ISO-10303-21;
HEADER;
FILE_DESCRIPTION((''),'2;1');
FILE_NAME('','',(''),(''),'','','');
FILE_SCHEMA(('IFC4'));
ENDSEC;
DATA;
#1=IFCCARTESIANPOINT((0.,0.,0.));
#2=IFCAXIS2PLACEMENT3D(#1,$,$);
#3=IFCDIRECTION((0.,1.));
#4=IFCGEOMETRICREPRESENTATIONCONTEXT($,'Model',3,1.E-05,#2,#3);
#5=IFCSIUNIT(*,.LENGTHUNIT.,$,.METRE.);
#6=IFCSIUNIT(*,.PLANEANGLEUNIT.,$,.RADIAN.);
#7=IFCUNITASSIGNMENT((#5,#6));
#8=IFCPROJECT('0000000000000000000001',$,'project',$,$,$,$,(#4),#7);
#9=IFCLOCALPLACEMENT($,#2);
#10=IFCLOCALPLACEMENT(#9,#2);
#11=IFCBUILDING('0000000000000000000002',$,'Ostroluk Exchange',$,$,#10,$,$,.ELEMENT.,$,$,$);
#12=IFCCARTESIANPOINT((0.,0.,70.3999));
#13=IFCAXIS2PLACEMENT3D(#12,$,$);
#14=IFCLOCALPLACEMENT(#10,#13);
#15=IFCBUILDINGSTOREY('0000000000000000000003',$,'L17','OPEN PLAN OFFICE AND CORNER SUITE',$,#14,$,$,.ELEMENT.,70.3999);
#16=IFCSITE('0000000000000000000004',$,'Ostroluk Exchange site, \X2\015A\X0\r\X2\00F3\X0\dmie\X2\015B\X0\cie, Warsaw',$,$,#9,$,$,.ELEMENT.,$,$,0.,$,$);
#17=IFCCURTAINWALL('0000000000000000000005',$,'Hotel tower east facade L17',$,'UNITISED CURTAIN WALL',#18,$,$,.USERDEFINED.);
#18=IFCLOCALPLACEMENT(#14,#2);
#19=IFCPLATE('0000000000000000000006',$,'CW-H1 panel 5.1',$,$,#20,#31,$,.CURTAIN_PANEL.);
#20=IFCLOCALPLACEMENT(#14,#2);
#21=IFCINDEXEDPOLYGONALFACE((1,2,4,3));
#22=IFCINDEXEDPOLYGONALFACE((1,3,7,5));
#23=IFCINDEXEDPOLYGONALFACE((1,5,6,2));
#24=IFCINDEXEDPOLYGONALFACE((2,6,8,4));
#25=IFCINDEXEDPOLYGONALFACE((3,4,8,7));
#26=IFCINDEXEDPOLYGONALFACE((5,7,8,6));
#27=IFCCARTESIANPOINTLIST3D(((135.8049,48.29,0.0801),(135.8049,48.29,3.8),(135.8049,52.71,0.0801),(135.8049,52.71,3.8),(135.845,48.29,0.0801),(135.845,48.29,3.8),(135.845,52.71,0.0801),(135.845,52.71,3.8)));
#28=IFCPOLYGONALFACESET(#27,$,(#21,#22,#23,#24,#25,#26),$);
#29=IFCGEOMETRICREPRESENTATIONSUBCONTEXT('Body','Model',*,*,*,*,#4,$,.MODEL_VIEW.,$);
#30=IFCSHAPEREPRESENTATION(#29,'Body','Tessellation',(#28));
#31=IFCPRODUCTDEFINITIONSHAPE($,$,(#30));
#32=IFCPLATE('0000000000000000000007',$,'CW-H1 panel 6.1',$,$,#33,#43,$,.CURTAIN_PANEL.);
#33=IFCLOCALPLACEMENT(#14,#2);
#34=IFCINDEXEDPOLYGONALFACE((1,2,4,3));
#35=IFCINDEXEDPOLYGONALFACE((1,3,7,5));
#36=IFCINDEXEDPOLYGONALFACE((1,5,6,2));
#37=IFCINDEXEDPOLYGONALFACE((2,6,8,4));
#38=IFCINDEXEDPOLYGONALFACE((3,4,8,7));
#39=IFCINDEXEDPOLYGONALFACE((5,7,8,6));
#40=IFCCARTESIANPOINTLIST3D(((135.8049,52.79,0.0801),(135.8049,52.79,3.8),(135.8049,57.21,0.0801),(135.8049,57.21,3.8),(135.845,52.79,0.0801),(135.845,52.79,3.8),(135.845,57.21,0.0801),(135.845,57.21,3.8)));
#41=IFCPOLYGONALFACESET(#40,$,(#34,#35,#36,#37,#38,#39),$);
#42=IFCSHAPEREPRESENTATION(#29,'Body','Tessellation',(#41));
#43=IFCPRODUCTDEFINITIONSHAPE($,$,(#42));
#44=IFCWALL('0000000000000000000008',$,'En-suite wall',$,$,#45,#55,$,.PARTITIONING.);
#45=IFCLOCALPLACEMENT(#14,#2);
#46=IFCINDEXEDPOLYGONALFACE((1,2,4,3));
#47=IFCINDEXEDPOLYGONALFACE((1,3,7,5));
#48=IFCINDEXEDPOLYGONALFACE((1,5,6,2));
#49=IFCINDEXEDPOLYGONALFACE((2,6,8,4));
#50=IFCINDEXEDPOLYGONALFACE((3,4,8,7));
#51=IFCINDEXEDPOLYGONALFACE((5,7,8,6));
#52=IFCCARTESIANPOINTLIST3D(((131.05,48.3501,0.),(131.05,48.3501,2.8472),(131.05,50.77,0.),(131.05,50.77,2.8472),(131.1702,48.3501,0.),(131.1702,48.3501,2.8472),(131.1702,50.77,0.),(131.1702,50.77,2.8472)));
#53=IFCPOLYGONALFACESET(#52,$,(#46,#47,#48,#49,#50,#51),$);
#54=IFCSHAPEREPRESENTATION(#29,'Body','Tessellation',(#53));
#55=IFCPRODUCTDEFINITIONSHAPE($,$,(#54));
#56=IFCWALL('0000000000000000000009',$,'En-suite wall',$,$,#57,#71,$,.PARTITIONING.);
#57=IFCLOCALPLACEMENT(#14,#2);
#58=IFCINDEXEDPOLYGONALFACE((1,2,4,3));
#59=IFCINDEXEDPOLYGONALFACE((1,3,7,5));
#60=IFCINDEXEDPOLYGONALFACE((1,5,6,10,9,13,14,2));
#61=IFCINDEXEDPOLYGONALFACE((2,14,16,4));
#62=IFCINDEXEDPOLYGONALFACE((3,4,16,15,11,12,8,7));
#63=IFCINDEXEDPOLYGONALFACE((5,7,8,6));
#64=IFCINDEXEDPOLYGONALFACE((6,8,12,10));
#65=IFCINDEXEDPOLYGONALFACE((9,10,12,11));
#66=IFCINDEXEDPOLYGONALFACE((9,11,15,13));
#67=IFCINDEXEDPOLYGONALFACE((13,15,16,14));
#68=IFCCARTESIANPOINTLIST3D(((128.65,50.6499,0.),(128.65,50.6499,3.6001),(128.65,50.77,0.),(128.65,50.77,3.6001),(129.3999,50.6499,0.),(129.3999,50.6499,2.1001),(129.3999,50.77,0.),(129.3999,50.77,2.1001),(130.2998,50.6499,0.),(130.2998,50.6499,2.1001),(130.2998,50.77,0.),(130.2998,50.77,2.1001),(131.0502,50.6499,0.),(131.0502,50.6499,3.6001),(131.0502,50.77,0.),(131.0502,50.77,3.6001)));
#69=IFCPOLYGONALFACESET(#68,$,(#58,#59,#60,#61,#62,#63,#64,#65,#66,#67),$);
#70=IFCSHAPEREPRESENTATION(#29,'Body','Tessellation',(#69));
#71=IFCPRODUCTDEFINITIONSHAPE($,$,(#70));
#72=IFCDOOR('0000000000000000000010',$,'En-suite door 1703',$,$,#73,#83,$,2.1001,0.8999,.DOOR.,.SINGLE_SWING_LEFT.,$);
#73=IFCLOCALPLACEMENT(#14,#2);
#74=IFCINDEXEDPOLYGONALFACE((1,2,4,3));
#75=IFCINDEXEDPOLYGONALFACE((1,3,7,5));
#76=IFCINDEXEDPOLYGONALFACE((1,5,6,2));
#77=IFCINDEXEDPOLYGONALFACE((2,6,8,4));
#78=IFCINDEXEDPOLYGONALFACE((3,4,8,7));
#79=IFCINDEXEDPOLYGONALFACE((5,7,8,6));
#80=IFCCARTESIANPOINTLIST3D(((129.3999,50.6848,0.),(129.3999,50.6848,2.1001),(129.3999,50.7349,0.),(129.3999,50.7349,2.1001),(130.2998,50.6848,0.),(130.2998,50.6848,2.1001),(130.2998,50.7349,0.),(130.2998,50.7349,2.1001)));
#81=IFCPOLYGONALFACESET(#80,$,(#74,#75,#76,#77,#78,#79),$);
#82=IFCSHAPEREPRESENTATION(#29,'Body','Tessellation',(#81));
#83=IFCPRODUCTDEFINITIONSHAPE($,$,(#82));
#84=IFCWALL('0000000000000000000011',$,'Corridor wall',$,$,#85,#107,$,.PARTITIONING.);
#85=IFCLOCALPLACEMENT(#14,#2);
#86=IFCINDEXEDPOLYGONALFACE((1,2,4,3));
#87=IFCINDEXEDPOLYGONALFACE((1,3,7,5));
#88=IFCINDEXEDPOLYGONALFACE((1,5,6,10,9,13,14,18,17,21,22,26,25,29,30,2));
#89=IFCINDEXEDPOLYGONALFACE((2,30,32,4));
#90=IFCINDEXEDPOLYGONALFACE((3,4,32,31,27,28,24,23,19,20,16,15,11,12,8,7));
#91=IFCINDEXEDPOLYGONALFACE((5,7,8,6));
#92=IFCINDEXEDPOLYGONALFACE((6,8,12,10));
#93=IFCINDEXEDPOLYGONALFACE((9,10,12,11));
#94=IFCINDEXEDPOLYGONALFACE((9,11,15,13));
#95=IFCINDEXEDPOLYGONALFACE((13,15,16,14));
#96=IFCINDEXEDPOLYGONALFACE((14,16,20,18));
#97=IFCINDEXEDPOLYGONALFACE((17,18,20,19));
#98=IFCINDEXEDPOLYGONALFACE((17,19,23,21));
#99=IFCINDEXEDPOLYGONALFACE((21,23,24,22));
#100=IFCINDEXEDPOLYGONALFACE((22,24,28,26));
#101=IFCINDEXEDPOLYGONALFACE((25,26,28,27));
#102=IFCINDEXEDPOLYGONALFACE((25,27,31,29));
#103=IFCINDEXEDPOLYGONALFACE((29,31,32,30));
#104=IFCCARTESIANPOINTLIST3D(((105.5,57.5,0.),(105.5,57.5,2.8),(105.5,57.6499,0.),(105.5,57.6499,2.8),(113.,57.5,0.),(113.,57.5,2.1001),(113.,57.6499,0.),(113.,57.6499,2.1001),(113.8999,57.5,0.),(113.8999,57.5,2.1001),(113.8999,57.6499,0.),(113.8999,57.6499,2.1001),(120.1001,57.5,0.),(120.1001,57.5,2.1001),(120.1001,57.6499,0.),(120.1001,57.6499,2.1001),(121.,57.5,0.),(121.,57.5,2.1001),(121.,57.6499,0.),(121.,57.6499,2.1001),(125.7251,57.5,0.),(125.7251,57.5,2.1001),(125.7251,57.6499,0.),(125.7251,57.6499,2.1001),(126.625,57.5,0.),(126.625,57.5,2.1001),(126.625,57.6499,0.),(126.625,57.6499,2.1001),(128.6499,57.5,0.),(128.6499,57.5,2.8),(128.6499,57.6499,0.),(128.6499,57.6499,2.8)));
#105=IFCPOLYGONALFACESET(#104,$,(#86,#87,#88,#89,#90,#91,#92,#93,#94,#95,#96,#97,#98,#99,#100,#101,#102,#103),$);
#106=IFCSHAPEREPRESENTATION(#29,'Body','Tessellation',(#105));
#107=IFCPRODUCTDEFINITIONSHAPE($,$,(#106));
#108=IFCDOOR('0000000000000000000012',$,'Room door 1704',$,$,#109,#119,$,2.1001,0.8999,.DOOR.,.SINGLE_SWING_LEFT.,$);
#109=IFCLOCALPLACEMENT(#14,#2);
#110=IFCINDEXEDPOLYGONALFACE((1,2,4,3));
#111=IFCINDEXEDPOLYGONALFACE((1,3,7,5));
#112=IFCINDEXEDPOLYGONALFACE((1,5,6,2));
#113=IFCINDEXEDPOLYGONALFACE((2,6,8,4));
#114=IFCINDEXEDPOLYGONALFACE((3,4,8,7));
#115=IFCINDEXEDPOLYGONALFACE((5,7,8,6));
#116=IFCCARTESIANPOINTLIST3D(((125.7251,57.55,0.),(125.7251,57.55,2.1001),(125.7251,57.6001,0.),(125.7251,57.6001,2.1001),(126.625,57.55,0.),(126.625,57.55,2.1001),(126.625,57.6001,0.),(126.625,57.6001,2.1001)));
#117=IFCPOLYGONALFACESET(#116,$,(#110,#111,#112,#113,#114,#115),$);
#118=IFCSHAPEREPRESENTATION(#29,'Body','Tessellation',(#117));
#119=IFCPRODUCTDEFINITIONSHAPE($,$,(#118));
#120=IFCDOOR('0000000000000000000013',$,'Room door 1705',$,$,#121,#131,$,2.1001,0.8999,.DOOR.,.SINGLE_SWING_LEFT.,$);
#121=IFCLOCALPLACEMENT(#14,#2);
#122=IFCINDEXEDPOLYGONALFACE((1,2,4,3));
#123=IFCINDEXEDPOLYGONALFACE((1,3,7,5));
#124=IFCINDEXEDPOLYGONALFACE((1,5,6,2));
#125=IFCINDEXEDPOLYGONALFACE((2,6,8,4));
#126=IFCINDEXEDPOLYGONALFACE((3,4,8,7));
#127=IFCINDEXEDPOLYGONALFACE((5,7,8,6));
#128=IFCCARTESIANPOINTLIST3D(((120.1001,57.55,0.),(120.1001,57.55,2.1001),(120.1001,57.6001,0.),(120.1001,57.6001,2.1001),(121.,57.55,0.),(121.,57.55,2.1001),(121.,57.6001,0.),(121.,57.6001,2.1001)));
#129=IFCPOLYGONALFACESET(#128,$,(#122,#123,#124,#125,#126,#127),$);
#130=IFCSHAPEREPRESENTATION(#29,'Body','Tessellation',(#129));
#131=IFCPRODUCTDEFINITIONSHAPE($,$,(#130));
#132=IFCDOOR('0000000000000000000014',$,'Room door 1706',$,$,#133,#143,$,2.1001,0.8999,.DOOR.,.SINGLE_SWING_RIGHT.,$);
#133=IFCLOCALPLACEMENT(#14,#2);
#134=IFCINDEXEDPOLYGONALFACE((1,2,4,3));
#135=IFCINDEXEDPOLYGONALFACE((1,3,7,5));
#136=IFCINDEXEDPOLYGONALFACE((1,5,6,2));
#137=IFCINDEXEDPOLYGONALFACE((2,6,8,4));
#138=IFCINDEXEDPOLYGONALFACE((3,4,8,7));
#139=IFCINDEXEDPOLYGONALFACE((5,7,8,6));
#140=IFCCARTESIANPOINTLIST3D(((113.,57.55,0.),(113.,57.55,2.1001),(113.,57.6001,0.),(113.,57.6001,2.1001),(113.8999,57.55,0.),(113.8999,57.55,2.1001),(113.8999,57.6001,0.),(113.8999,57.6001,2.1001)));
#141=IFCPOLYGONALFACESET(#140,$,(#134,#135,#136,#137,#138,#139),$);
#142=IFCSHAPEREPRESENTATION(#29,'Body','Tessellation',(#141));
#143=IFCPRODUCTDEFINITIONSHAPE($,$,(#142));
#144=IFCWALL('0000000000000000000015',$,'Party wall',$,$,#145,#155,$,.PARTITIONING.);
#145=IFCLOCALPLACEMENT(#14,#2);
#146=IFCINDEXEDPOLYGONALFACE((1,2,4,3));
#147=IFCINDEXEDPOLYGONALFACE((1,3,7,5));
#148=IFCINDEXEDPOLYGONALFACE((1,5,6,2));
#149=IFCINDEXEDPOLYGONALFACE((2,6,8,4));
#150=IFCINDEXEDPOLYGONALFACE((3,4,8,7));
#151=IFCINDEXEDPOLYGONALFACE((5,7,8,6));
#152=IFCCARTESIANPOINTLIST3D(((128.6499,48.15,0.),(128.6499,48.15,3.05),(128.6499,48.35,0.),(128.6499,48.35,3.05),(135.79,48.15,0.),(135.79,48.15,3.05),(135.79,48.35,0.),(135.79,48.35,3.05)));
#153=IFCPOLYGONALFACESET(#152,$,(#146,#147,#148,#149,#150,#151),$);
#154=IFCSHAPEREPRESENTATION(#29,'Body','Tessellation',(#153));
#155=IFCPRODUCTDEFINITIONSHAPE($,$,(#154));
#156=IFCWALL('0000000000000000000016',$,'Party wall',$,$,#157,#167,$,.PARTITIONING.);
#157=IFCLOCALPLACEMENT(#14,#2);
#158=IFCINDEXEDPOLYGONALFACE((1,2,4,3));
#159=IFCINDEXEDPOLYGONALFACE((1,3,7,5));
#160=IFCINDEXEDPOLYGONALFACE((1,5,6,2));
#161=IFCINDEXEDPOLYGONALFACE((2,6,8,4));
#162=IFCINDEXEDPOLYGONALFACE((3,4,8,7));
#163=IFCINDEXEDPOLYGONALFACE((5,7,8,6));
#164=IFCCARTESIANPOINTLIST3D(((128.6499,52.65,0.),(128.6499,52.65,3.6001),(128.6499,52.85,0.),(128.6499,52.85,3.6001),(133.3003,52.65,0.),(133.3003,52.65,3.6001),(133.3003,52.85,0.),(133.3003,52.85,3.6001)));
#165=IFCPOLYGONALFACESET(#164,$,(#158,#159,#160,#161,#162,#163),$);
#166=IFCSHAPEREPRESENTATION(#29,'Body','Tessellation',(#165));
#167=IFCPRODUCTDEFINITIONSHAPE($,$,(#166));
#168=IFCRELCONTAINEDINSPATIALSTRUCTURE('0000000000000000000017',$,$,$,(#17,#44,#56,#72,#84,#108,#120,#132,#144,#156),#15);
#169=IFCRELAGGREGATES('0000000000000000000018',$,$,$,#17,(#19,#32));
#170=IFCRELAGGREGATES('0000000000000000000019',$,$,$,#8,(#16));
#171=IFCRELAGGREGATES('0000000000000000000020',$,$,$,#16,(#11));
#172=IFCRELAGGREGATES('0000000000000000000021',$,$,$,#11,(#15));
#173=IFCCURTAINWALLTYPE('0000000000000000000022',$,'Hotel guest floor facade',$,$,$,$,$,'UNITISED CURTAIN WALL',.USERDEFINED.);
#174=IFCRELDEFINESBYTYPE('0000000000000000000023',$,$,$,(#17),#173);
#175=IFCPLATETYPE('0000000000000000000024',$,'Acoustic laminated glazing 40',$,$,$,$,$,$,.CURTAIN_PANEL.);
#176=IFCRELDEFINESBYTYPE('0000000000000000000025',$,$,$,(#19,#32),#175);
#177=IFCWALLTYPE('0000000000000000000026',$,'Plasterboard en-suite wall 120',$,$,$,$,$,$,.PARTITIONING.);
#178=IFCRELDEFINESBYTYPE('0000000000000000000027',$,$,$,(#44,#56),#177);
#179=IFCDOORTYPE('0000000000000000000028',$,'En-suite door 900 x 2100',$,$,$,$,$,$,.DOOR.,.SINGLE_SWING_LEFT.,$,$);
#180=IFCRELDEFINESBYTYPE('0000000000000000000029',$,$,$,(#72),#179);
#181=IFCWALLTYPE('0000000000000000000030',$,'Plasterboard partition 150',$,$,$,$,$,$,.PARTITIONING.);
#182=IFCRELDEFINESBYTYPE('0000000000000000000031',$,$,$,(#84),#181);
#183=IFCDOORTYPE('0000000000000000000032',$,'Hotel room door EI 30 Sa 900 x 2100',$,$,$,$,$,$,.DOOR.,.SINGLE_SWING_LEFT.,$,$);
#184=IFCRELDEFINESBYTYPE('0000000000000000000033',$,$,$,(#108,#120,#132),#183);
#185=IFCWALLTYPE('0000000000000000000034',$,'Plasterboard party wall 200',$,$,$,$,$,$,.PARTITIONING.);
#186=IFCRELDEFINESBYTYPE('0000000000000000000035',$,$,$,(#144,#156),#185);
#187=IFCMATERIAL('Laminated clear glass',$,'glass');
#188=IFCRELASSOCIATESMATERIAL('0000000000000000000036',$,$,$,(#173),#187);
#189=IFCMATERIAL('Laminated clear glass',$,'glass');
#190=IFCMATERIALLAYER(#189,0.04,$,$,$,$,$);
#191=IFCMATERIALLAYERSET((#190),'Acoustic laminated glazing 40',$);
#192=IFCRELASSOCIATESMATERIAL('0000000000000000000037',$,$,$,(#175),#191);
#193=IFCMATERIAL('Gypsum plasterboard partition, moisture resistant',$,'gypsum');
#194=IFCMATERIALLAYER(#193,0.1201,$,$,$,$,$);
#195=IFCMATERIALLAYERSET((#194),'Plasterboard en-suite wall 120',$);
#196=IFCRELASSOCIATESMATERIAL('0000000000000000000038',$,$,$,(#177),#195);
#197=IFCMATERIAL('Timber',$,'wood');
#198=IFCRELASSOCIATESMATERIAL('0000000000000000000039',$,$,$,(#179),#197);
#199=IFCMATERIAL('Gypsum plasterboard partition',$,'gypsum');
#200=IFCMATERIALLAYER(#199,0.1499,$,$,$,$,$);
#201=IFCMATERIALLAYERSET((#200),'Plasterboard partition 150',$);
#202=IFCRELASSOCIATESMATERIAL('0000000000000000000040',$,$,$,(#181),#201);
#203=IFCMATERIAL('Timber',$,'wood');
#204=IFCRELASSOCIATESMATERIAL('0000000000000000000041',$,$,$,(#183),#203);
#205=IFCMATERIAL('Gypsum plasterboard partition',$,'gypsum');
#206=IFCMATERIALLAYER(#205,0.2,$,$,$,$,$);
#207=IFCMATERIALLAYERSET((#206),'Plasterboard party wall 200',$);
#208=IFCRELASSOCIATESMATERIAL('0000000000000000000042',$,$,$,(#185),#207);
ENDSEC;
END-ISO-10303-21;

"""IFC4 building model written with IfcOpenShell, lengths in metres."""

from ifc_helpers import new_model, si_unit, direction, frame, frame_2d, origin, origin_2d, place, context, subcontext, project, spatial, rectangle, extrude, material, layer, layer_set, type_object, element, fill, aggregate, save


model = new_model("IFC4")

# Units and contexts
model_context = context("Model", 3, precision=1e-05, world=origin(), true_north=direction((0.0, 1.0)))
body_context = subcontext(model_context, "Body", "Model", "MODEL_VIEW")
ifc_project = project(units=[si_unit("LENGTHUNIT", "METRE"), si_unit("PLANEANGLEUNIT", "RADIAN")], contexts=[model_context])

# Site, building, storey
site_placement = place(None, origin())
site = spatial("IfcSite", under=ifc_project, at=site_placement, Name="Ostroluk Exchange site, Śródmieście, Warsaw", CompositionType="ELEMENT", RefElevation=0.0)
building_placement = place(site_placement, origin())
building = spatial("IfcBuilding", under=site, at=building_placement, Name="Ostroluk Exchange", CompositionType="ELEMENT")
storey_placement = place(building_placement, frame((0.0, 0.0, 70.3999)))
storey = spatial("IfcBuildingStorey", under=building, at=storey_placement, Name="L17", Description="OPEN PLAN OFFICE AND CORNER SUITE", CompositionType="ELEMENT", Elevation=70.3999)

# Curtain wall, plates
ifc_material_1 = material(Name="Laminated clear glass", Category="glass")
curtain_wall_type = type_object("IfcCurtainWallType", Name="Hotel guest floor facade", ElementType="UNITISED CURTAIN WALL", PredefinedType="USERDEFINED", material=ifc_material_1)
curtain_wall_placement = place(storey_placement, origin())
curtain_wall = element("IfcCurtainWall", 1, at=curtain_wall_placement, inside=storey, type_object=curtain_wall_type, Name="Hotel tower east facade L17", ObjectType="UNITISED CURTAIN WALL", PredefinedType="USERDEFINED")
ifc_material_2 = material(Name="Laminated clear glass", Category="glass")
ifc_layer_1 = layer(ifc_material_2, 0.04)
ifc_layer_set_1 = layer_set([ifc_layer_1], Name="Acoustic laminated glazing 40")
plate_type = type_object("IfcPlateType", Name="Acoustic laminated glazing 40", PredefinedType="CURTAIN_PANEL", material=ifc_layer_set_1)
plate_1_placement = place(storey_placement, frame((135.825, 50.5, 0.0801), z_axis=(0.0, 0.0, 1.0), x_axis=(0.0, 1.0, 0.0)))
plate_1 = element("IfcPlate", 2, at=plate_1_placement, type_object=plate_type, Name="CW-H1 panel 5.1", PredefinedType="CURTAIN_PANEL", context=body_context, shape_type="SweptSolid", body=[
    extrude(rectangle(XDim=4.4199, YDim=0.04, at=origin_2d()), origin(), (0.0, 0.0, 1.0), 3.72),
])
plate_2_placement = place(storey_placement, frame((135.825, 55.0, 0.0801), z_axis=(0.0, 0.0, 1.0), x_axis=(0.0, 1.0, 0.0)))
plate_2 = element("IfcPlate", 3, at=plate_2_placement, type_object=plate_type, Name="CW-H1 panel 6.1", PredefinedType="CURTAIN_PANEL", context=body_context, shape_type="SweptSolid", body=[
    extrude(rectangle(XDim=4.4199, YDim=0.04, at=origin_2d()), origin(), (0.0, 0.0, 1.0), 3.72),
])
aggregate(curtain_wall, [plate_1, plate_2])

# Wall
ifc_material_3 = material(Name="Gypsum plasterboard partition, moisture resistant", Category="gypsum")
ifc_layer_2 = layer(ifc_material_3, 0.1201)
ifc_layer_set_2 = layer_set([ifc_layer_2], Name="Plasterboard en-suite wall 120")
wall_type_1 = type_object("IfcWallType", Name="Plasterboard en-suite wall 120", PredefinedType="PARTITIONING", material=ifc_layer_set_2)
wall_1_placement = place(storey_placement, frame((131.1101, 48.3501, 0.0), z_axis=(0.0, 0.0, 1.0), x_axis=(0.0, 1.0, 0.0)))
element("IfcWall", 4, at=wall_1_placement, inside=storey, type_object=wall_type_1, Name="En-suite wall", PredefinedType="PARTITIONING", context=body_context, shape_type="SweptSolid", body=[
    extrude(rectangle(XDim=2.4199, YDim=0.1201, at=frame_2d((1.21, 0.0))), origin(), (0.0, 0.0, 1.0), 2.8472),
])

# Wall, opening, door
wall_2_placement = place(storey_placement, frame((128.6499, 50.71, 0.0), z_axis=(0.0, 0.0, 1.0), x_axis=(1.0, 0.0, 0.0)))
wall_2 = element("IfcWall", 5, at=wall_2_placement, inside=storey, type_object=wall_type_1, Name="En-suite wall", PredefinedType="PARTITIONING", context=body_context, shape_type="SweptSolid", body=[
    extrude(rectangle(XDim=2.4001, YDim=0.1201, at=frame_2d((1.2002, 0.0))), origin(), (0.0, 0.0, 1.0), 3.6001),
])
opening_1_placement = place(wall_2_placement, frame((0.75, 0.0, 0.0)))
opening_1 = element("IfcOpeningElement", 6, at=opening_1_placement, cuts=wall_2, PredefinedType="OPENING", context=body_context, shape_type="SweptSolid", body=[
    extrude(rectangle(XDim=0.8999, YDim=2.1001, at=frame_2d((0.45, 1.05))), frame((0.0, 0.0701, 0.0), z_axis=(0.0, -1.0, 0.0), x_axis=(1.0, 0.0, 0.0)), (0.0, 0.0, 1.0), 0.1401),
])
ifc_material_4 = material(Name="Timber", Category="wood")
door_type_1 = type_object("IfcDoorType", Name="En-suite door 900 x 2100", OperationType="SINGLE_SWING_LEFT", PredefinedType="DOOR", material=ifc_material_4)
door_1_placement = place(opening_1_placement, origin())
door_1 = element("IfcDoor", 7, at=door_1_placement, inside=storey, type_object=door_type_1, Name="En-suite door 1703", OperationType="SINGLE_SWING_LEFT", OverallHeight=2.1001, OverallWidth=0.8999, PredefinedType="DOOR", context=body_context, shape_type="SweptSolid", body=[
    extrude(rectangle(XDim=0.8999, YDim=2.1001, at=frame_2d((0.45, 1.05))), frame((0.0, 0.0249, 0.0), z_axis=(0.0, -1.0, 0.0), x_axis=(1.0, 0.0, 0.0)), (0.0, 0.0, 1.0), 0.05),
])
fill(opening_1, door_1)

# Wall, openings, doors
ifc_material_5 = material(Name="Gypsum plasterboard partition", Category="gypsum")
ifc_layer_3 = layer(ifc_material_5, 0.1499)
ifc_layer_set_3 = layer_set([ifc_layer_3], Name="Plasterboard partition 150")
wall_type_2 = type_object("IfcWallType", Name="Plasterboard partition 150", PredefinedType="PARTITIONING", material=ifc_layer_set_3)
wall_3_placement = place(storey_placement, frame((128.6499, 57.575, 0.0), z_axis=(0.0, 0.0, 1.0), x_axis=(-1.0, 0.0, 0.0)))
wall_3 = element("IfcWall", 8, at=wall_3_placement, inside=storey, type_object=wall_type_2, Name="Corridor wall", PredefinedType="PARTITIONING", context=body_context, shape_type="SweptSolid", body=[
    extrude(rectangle(XDim=23.1499, YDim=0.1499, at=frame_2d((11.575, 0.0))), origin(), (0.0, 0.0, 1.0), 2.8),
])
opening_2_placement = place(wall_3_placement, frame((2.0249, 0.0, 0.0)))
opening_2 = element("IfcOpeningElement", 9, at=opening_2_placement, cuts=wall_3, PredefinedType="OPENING", context=body_context, shape_type="SweptSolid", body=[
    extrude(rectangle(XDim=0.8999, YDim=2.1001, at=frame_2d((0.45, 1.05))), frame((0.0, 0.085, 0.0), z_axis=(0.0, -1.0, 0.0), x_axis=(1.0, 0.0, 0.0)), (0.0, 0.0, 1.0), 0.1699),
])
opening_3_placement = place(wall_3_placement, frame((7.6499, 0.0, 0.0)))
opening_3 = element("IfcOpeningElement", 10, at=opening_3_placement, cuts=wall_3, PredefinedType="OPENING", context=body_context, shape_type="SweptSolid", body=[
    extrude(rectangle(XDim=0.8999, YDim=2.1001, at=frame_2d((0.45, 1.05))), frame((0.0, 0.085, 0.0), z_axis=(0.0, -1.0, 0.0), x_axis=(1.0, 0.0, 0.0)), (0.0, 0.0, 1.0), 0.1699),
])
opening_4_placement = place(wall_3_placement, frame((14.75, 0.0, 0.0)))
opening_4 = element("IfcOpeningElement", 11, at=opening_4_placement, cuts=wall_3, PredefinedType="OPENING", context=body_context, shape_type="SweptSolid", body=[
    extrude(rectangle(XDim=0.8999, YDim=2.1001, at=frame_2d((0.45, 1.05))), frame((0.0, 0.085, 0.0), z_axis=(0.0, -1.0, 0.0), x_axis=(1.0, 0.0, 0.0)), (0.0, 0.0, 1.0), 0.1699),
])
ifc_material_6 = material(Name="Timber", Category="wood")
door_type_2 = type_object("IfcDoorType", Name="Hotel room door EI 30 Sa 900 x 2100", OperationType="SINGLE_SWING_LEFT", PredefinedType="DOOR", material=ifc_material_6)
door_2_placement = place(opening_2_placement, origin())
door_2 = element("IfcDoor", 12, at=door_2_placement, inside=storey, type_object=door_type_2, Name="Room door 1704", OperationType="SINGLE_SWING_LEFT", OverallHeight=2.1001, OverallWidth=0.8999, PredefinedType="DOOR", context=body_context, shape_type="SweptSolid", body=[
    extrude(rectangle(XDim=0.8999, YDim=2.1001, at=frame_2d((0.45, 1.05))), frame((0.0, 0.0249, 0.0), z_axis=(0.0, -1.0, 0.0), x_axis=(1.0, 0.0, 0.0)), (0.0, 0.0, 1.0), 0.05),
])
fill(opening_2, door_2)
door_3_placement = place(opening_3_placement, origin())
door_3 = element("IfcDoor", 13, at=door_3_placement, inside=storey, type_object=door_type_2, Name="Room door 1705", OperationType="SINGLE_SWING_LEFT", OverallHeight=2.1001, OverallWidth=0.8999, PredefinedType="DOOR", context=body_context, shape_type="SweptSolid", body=[
    extrude(rectangle(XDim=0.8999, YDim=2.1001, at=frame_2d((0.45, 1.05))), frame((0.0, 0.0249, 0.0), z_axis=(0.0, -1.0, 0.0), x_axis=(1.0, 0.0, 0.0)), (0.0, 0.0, 1.0), 0.05),
])
fill(opening_3, door_3)
door_4_placement = place(opening_4_placement, origin())
door_4 = element("IfcDoor", 14, at=door_4_placement, inside=storey, type_object=door_type_2, Name="Room door 1706", OperationType="SINGLE_SWING_RIGHT", OverallHeight=2.1001, OverallWidth=0.8999, PredefinedType="DOOR", context=body_context, shape_type="SweptSolid", body=[
    extrude(rectangle(XDim=0.8999, YDim=2.1001, at=frame_2d((0.45, 1.05))), frame((0.0, 0.0249, 0.0), z_axis=(0.0, -1.0, 0.0), x_axis=(1.0, 0.0, 0.0)), (0.0, 0.0, 1.0), 0.05),
])
fill(opening_4, door_4)

# Walls
ifc_material_7 = material(Name="Gypsum plasterboard partition", Category="gypsum")
ifc_layer_4 = layer(ifc_material_7, 0.2)
ifc_layer_set_4 = layer_set([ifc_layer_4], Name="Plasterboard party wall 200")
wall_type_3 = type_object("IfcWallType", Name="Plasterboard party wall 200", PredefinedType="PARTITIONING", material=ifc_layer_set_4)
wall_4_placement = place(storey_placement, frame((128.6499, 48.25, 0.0), z_axis=(0.0, 0.0, 1.0), x_axis=(1.0, 0.0, 0.0)))
element("IfcWall", 15, at=wall_4_placement, inside=storey, type_object=wall_type_3, Name="Party wall", PredefinedType="PARTITIONING", context=body_context, shape_type="SweptSolid", body=[
    extrude(rectangle(XDim=7.1401, YDim=0.2, at=frame_2d((3.5701, 0.0))), origin(), (0.0, 0.0, 1.0), 3.05),
])
wall_5_placement = place(storey_placement, frame((128.6499, 52.75, 0.0), z_axis=(0.0, 0.0, 1.0), x_axis=(1.0, 0.0, 0.0)))
element("IfcWall", 16, at=wall_5_placement, inside=storey, type_object=wall_type_3, Name="Party wall", PredefinedType="PARTITIONING", context=body_context, shape_type="SweptSolid", body=[
    extrude(rectangle(XDim=4.6504, YDim=0.2, at=frame_2d((2.3252, 0.0))), origin(), (0.0, 0.0, 1.0), 3.6001),
])

save(model, "model.ifc")
